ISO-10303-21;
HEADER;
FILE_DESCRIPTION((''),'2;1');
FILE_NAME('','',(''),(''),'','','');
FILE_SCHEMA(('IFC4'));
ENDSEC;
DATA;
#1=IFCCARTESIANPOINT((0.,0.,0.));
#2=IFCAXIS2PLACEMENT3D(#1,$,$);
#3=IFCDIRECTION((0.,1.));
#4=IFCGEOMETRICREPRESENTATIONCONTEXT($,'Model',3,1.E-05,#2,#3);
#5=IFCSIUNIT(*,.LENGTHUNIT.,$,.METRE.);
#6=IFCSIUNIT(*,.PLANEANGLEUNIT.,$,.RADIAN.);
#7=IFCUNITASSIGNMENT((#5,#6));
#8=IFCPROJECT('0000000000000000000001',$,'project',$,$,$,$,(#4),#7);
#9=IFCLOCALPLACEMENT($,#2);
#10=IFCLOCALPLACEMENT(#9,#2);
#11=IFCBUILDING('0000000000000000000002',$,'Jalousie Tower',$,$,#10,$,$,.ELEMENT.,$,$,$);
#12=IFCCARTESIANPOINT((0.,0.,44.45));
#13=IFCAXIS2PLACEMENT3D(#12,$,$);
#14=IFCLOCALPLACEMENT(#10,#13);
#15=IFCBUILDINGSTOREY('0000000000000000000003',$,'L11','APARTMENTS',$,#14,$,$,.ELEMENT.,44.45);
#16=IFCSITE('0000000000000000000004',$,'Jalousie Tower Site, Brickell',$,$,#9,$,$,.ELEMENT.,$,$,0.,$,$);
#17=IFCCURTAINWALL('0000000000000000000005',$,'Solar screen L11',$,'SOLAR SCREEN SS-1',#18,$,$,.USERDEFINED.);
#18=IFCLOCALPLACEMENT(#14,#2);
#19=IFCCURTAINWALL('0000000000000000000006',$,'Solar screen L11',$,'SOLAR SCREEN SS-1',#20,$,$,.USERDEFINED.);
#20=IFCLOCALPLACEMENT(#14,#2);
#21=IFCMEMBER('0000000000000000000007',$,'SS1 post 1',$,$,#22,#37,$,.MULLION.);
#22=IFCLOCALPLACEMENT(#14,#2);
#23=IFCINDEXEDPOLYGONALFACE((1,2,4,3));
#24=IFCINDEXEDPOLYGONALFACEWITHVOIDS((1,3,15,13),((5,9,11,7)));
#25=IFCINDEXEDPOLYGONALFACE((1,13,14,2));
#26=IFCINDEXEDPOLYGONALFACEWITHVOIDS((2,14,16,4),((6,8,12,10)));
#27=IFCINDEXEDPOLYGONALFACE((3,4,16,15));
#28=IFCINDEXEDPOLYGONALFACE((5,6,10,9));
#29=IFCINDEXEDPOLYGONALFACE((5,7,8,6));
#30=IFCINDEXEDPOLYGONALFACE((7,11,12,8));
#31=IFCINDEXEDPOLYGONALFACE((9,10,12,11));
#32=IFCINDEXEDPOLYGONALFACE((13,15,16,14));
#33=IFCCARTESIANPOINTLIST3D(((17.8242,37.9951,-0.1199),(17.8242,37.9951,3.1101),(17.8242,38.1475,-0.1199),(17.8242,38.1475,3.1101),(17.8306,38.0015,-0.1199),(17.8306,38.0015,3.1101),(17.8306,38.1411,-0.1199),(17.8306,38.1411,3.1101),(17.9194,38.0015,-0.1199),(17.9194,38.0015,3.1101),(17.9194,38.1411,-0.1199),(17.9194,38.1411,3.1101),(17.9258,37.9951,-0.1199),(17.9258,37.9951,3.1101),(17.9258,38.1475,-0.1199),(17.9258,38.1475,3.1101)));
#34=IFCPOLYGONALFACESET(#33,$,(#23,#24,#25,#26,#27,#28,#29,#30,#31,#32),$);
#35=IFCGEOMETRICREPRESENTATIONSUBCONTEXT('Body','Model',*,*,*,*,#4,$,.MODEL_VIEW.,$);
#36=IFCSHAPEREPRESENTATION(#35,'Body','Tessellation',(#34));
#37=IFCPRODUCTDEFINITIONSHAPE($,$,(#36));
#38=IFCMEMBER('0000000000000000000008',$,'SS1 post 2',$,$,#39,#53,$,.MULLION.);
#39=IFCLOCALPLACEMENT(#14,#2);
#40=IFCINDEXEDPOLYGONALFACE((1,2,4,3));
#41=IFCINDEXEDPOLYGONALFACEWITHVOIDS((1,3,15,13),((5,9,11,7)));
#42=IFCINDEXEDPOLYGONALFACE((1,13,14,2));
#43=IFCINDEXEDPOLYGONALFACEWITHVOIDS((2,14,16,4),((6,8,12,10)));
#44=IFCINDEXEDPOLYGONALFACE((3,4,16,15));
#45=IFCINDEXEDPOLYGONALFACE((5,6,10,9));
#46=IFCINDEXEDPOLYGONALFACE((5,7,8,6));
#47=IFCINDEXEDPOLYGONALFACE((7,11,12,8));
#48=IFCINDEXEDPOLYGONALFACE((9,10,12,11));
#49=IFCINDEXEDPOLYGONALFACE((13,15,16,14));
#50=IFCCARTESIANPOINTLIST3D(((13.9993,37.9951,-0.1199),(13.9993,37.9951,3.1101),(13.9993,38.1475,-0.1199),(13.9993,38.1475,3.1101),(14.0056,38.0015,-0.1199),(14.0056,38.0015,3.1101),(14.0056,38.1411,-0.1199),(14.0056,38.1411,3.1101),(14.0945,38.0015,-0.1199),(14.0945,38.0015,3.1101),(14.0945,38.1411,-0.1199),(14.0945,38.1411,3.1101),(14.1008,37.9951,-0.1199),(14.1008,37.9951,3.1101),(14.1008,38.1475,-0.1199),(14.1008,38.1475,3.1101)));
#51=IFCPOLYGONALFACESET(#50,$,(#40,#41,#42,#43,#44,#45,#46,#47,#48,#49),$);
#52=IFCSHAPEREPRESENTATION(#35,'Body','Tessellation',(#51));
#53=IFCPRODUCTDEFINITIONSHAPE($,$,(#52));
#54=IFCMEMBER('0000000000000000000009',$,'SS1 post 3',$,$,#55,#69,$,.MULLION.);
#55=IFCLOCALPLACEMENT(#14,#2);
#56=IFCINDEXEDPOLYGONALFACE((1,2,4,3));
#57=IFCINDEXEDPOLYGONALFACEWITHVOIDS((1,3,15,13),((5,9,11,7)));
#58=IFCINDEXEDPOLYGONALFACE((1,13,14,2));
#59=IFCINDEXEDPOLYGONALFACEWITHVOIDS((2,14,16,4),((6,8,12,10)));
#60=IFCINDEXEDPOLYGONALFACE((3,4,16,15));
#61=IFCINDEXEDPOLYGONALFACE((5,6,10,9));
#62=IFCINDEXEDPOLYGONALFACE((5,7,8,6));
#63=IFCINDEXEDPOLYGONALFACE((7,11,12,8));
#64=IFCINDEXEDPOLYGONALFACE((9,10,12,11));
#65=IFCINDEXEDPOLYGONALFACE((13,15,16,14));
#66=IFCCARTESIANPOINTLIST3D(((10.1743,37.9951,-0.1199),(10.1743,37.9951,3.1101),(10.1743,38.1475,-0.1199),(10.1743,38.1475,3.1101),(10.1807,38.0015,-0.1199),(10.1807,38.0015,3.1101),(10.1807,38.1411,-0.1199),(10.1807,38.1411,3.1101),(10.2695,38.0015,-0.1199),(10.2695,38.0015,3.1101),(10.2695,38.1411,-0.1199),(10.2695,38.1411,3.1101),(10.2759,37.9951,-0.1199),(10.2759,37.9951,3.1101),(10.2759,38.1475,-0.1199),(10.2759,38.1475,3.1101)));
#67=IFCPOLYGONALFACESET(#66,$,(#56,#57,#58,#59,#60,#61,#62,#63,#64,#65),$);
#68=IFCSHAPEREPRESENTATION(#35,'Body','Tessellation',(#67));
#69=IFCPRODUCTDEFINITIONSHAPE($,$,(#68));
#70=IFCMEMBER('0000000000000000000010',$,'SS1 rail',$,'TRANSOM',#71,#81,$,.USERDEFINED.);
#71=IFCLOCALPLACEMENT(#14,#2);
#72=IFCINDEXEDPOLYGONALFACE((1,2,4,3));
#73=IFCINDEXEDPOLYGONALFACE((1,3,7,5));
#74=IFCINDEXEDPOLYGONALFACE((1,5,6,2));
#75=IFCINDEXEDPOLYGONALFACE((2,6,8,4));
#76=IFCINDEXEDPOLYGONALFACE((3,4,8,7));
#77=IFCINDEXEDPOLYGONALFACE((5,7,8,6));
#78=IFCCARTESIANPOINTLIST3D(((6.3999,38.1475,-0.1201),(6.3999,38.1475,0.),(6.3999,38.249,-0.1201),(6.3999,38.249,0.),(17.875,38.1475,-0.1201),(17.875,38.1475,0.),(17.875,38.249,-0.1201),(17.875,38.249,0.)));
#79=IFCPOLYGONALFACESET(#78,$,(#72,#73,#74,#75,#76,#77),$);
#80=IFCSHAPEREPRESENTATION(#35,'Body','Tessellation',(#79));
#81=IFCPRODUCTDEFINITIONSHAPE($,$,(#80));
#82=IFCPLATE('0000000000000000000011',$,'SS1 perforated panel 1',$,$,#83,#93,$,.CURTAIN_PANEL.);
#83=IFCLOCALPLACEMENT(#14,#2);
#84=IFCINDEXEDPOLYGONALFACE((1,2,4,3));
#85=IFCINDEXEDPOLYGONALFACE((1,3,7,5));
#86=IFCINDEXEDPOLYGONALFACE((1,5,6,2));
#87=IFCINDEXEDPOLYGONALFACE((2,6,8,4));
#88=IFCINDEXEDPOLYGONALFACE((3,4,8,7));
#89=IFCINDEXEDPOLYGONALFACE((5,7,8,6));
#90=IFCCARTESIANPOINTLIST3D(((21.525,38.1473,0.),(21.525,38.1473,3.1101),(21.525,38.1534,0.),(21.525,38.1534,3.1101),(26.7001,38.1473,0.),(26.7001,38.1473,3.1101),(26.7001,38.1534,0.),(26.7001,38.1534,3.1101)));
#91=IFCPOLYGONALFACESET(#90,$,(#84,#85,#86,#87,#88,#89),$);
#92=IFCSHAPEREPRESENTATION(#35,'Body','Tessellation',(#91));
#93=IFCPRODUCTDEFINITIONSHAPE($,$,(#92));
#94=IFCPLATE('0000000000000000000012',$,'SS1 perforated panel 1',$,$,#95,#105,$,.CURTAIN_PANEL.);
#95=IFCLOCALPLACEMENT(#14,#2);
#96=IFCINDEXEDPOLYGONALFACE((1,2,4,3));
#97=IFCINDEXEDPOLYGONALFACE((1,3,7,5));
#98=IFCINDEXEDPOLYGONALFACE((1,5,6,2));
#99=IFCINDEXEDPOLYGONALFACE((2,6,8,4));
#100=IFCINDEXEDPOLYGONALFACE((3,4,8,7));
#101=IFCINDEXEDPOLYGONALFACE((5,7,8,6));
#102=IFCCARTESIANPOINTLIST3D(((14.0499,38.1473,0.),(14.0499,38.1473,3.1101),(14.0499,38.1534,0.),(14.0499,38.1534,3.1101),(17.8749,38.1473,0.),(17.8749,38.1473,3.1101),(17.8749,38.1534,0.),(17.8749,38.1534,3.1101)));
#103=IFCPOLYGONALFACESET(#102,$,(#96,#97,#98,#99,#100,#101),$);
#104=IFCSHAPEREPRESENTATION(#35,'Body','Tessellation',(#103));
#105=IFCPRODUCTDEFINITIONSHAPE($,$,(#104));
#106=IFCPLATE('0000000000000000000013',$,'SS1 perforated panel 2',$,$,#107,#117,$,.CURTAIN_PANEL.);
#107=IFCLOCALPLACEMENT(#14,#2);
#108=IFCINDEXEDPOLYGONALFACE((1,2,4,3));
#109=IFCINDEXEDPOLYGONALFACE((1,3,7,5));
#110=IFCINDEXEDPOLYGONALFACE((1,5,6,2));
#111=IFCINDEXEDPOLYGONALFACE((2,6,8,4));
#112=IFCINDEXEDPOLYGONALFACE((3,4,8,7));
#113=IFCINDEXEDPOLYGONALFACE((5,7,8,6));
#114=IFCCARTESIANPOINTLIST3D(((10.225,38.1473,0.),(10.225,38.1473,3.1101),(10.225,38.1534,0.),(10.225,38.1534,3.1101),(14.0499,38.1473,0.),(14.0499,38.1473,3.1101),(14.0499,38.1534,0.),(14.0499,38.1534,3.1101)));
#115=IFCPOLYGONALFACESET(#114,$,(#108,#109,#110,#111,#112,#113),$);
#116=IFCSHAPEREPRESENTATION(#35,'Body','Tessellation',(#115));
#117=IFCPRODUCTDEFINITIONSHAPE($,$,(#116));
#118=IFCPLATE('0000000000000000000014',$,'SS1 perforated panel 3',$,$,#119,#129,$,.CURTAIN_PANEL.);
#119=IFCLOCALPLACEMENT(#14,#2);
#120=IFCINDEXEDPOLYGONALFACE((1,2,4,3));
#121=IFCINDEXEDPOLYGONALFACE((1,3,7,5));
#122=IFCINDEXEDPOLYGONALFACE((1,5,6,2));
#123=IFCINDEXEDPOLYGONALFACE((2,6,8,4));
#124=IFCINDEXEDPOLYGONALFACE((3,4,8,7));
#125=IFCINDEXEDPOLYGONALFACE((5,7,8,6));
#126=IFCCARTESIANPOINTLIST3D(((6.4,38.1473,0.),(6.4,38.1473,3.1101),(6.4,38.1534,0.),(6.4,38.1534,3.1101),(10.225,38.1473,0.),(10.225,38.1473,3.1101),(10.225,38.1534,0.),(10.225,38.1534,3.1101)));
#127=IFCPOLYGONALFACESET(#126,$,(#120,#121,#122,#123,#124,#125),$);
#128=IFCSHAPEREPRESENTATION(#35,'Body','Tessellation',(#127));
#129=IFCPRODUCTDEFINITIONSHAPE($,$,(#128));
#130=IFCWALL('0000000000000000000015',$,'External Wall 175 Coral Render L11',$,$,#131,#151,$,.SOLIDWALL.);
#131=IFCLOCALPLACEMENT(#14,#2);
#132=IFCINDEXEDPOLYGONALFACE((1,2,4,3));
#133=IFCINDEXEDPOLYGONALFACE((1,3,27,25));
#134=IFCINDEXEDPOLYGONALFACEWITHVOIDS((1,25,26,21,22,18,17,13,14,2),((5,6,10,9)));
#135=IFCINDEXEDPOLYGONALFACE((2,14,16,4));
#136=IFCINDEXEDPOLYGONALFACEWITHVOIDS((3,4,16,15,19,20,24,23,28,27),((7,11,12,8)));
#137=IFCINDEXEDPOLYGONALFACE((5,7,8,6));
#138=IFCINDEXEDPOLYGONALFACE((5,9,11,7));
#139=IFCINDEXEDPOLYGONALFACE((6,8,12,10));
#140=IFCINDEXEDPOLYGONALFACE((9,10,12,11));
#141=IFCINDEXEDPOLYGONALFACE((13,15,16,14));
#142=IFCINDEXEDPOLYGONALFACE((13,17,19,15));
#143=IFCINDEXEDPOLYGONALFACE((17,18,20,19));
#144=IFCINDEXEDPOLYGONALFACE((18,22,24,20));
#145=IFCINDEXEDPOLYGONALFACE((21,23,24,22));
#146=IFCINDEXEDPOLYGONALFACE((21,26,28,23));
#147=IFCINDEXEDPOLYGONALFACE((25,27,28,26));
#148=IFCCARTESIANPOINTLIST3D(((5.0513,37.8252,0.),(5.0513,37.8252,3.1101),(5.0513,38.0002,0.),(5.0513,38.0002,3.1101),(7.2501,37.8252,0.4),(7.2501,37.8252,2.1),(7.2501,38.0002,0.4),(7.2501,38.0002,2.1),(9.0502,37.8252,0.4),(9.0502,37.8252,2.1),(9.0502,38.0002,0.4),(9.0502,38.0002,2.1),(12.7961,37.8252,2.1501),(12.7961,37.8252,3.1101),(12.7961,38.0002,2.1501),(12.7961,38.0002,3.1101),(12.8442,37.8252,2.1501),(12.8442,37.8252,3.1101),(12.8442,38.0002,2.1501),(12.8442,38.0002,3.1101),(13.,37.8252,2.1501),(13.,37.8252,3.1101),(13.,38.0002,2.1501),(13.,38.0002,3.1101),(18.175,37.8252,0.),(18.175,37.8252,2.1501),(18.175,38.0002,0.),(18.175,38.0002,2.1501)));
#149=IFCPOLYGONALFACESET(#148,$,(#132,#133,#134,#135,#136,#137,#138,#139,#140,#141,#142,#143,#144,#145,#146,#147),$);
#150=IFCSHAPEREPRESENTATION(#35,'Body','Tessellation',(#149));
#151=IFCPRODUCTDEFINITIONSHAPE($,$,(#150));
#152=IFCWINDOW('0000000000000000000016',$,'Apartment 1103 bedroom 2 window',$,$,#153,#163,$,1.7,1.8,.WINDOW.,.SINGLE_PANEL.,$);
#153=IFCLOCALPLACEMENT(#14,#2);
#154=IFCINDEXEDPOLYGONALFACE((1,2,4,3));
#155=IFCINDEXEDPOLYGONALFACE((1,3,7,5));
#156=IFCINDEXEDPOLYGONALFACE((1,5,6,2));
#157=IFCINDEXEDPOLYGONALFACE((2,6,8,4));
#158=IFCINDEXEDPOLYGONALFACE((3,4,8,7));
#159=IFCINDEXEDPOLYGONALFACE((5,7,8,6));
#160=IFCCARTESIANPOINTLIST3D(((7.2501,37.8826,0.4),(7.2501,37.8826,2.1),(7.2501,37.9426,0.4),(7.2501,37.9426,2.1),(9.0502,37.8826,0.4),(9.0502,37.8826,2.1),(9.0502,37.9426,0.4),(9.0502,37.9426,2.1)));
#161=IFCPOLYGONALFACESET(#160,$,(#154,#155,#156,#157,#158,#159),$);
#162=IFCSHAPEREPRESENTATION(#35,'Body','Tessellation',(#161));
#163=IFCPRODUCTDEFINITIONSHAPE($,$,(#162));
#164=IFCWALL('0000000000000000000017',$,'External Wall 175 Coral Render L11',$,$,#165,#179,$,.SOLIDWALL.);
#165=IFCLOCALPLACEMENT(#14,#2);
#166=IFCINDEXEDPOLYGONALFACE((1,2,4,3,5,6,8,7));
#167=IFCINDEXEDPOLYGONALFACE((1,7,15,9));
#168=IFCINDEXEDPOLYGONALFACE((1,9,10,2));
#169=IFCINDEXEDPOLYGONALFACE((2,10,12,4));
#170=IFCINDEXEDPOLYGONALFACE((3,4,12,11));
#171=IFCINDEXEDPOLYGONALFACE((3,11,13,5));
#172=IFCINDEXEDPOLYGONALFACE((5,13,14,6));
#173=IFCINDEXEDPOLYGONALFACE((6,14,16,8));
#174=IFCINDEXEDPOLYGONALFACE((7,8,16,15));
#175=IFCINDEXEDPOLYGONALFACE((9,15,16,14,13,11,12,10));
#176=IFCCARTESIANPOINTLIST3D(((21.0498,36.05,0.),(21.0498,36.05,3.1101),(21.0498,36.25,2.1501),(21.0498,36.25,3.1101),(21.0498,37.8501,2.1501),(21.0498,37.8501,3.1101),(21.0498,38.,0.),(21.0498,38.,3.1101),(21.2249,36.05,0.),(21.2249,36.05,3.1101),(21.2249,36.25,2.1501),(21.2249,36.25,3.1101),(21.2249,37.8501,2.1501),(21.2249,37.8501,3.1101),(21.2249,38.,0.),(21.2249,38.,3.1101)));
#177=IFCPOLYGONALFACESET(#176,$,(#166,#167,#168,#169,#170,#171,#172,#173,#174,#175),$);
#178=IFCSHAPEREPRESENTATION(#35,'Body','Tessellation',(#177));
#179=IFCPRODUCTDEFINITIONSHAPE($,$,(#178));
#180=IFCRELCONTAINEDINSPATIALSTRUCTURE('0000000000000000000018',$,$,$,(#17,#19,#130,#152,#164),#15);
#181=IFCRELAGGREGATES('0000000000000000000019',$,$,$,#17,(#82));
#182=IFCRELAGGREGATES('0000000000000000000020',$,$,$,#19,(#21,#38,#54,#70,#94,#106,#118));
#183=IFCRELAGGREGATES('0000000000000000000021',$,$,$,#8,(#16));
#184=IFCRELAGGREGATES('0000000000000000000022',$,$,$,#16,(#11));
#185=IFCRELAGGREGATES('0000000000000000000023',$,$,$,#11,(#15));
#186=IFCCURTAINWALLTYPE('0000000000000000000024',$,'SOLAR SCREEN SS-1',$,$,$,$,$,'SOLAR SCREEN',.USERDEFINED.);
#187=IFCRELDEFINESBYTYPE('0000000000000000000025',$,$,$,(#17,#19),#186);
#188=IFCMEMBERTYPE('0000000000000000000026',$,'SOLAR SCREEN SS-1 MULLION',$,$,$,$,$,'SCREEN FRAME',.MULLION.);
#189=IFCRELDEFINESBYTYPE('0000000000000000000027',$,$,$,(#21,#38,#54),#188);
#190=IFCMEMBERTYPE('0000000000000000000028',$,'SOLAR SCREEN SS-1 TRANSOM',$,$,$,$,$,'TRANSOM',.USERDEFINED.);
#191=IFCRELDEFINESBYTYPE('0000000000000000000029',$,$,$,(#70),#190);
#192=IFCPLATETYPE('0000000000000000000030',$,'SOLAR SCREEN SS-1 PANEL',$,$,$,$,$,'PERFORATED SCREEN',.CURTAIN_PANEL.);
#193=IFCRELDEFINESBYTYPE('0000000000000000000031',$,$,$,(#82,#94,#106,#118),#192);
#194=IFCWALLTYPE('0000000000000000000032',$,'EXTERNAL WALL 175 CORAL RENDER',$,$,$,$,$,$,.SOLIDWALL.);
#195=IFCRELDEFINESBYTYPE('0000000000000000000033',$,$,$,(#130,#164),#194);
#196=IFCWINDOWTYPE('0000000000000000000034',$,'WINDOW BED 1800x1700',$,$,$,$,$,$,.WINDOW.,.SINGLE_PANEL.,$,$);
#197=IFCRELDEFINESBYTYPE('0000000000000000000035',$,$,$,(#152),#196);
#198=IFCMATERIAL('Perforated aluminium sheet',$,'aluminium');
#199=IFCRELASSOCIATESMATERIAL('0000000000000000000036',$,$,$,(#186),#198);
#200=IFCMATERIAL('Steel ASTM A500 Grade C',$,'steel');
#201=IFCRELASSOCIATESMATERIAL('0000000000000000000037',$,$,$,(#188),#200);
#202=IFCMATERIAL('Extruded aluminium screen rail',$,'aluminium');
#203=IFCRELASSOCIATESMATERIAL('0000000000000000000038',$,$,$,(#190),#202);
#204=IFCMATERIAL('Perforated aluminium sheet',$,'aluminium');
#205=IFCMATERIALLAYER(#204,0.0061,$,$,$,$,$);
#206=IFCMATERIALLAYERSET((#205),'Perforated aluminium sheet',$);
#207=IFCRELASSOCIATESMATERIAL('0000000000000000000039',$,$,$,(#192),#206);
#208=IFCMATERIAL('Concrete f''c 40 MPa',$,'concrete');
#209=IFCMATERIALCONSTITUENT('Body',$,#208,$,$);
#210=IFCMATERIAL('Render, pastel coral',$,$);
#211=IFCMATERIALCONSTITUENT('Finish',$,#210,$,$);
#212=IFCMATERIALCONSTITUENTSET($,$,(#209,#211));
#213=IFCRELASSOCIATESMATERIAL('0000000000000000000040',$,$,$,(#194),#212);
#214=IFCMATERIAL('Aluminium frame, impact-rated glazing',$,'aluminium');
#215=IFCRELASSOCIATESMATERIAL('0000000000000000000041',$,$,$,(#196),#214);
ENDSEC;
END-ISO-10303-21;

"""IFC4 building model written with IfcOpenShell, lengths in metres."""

from ifc_helpers import new_model, si_unit, direction, frame, frame_2d, origin, origin_2d, place, context, subcontext, project, spatial, polyline, rectangle, hollow_rectangle, outline, extrude, material, layer, layer_set, constituent, constituent_set, material_profile, profile_set, type_object, element, fill, aggregate, save


model = new_model("IFC4")

# Units and contexts
model_context = context("Model", 3, precision=1e-05, world=origin(), true_north=direction((0.0, 1.0)))
body_context = subcontext(model_context, "Body", "Model", "MODEL_VIEW")
ifc_project = project(units=[si_unit("LENGTHUNIT", "METRE"), si_unit("PLANEANGLEUNIT", "RADIAN")], contexts=[model_context])

# Site, building, storey
site_placement = place(None, origin())
site = spatial("IfcSite", under=ifc_project, at=site_placement, Name="Jalousie Tower Site, Brickell", CompositionType="ELEMENT", RefElevation=0.0)
building_placement = place(site_placement, origin())
building = spatial("IfcBuilding", under=site, at=building_placement, Name="Jalousie Tower", CompositionType="ELEMENT")
storey_placement = place(building_placement, frame((0.0, 0.0, 44.45)))
storey = spatial("IfcBuildingStorey", under=building, at=storey_placement, Name="L11", Description="APARTMENTS", CompositionType="ELEMENT", Elevation=44.45)

# Curtain wall
ifc_material_1 = material(Name="Perforated aluminium sheet", Category="aluminium")
curtain_wall_type = type_object("IfcCurtainWallType", Name="SOLAR SCREEN SS-1", ElementType="SOLAR SCREEN", PredefinedType="USERDEFINED", material=ifc_material_1)
curtain_wall_1_placement = place(storey_placement, origin())
curtain_wall_1 = element("IfcCurtainWall", 1, at=curtain_wall_1_placement, inside=storey, type_object=curtain_wall_type, Name="Solar screen L11", ObjectType="SOLAR SCREEN SS-1", PredefinedType="USERDEFINED")
ifc_material_2 = material(Name="Steel ASTM A500 Grade C", Category="steel")
ifc_material_profile_1 = material_profile(ifc_material_2, hollow_rectangle(XDim=0.1016, YDim=0.1523, WallThickness=0.0063, at=origin_2d()), Name="HSS6X4X1/4")
ifc_profile_set_1 = profile_set([ifc_material_profile_1], Name="Steel ASTM A500 Grade C")
member_type_1 = type_object("IfcMemberType", Name="SOLAR SCREEN SS-1 MULLION", ElementType="SCREEN FRAME", PredefinedType="MULLION", material=ifc_profile_set_1)

# Curtain wall, members
curtain_wall_2_placement = place(storey_placement, origin())
curtain_wall_2 = element("IfcCurtainWall", 2, at=curtain_wall_2_placement, inside=storey, type_object=curtain_wall_type, Name="Solar screen L11", ObjectType="SOLAR SCREEN SS-1", PredefinedType="USERDEFINED")
member_1_placement = place(storey_placement, frame((17.875, 38.0713, -0.1199), z_axis=(0.0, 0.0, 1.0), x_axis=(-1.0, 0.0, 0.0)))
member_1 = element("IfcMember", 3, at=member_1_placement, type_object=member_type_1, Name="SS1 post 1", PredefinedType="MULLION", context=body_context, shape_type="SweptSolid", body=[
    extrude(hollow_rectangle(XDim=0.1016, YDim=0.1523, WallThickness=0.0063, at=origin_2d()), origin(), (0.0, 0.0, 1.0), 3.23),
])
member_2_placement = place(storey_placement, frame((14.05, 38.0713, -0.1199), z_axis=(0.0, 0.0, 1.0), x_axis=(-1.0, 0.0, 0.0)))
member_2 = element("IfcMember", 4, at=member_2_placement, type_object=member_type_1, Name="SS1 post 2", PredefinedType="MULLION", context=body_context, shape_type="SweptSolid", body=[
    extrude(hollow_rectangle(XDim=0.1016, YDim=0.1523, WallThickness=0.0063, at=origin_2d()), origin(), (0.0, 0.0, 1.0), 3.23),
])
member_3_placement = place(storey_placement, frame((10.2251, 38.0713, -0.1199), z_axis=(0.0, 0.0, 1.0), x_axis=(-1.0, 0.0, 0.0)))
member_3 = element("IfcMember", 5, at=member_3_placement, type_object=member_type_1, Name="SS1 post 3", PredefinedType="MULLION", context=body_context, shape_type="SweptSolid", body=[
    extrude(hollow_rectangle(XDim=0.1016, YDim=0.1523, WallThickness=0.0063, at=origin_2d()), origin(), (0.0, 0.0, 1.0), 3.23),
])
ifc_material_3 = material(Name="Extruded aluminium screen rail", Category="aluminium")
ifc_material_profile_2 = material_profile(ifc_material_3, rectangle(XDim=0.1016, YDim=0.1201, at=origin_2d()), Name="RAIL 102x120")
ifc_profile_set_2 = profile_set([ifc_material_profile_2], Name="Extruded aluminium screen rail")
member_type_2 = type_object("IfcMemberType", Name="SOLAR SCREEN SS-1 TRANSOM", ElementType="TRANSOM", PredefinedType="USERDEFINED", material=ifc_profile_set_2)
member_4_placement = place(storey_placement, frame((17.875, 38.1982, -0.0601), z_axis=(-1.0, 0.0, 0.0), x_axis=(0.0, -1.0, 0.0)))
member_4 = element("IfcMember", 6, at=member_4_placement, type_object=member_type_2, Name="SS1 rail", ObjectType="TRANSOM", PredefinedType="USERDEFINED", context=body_context, shape_type="SweptSolid", body=[
    extrude(rectangle(XDim=0.1016, YDim=0.1201, at=origin_2d()), origin(), (0.0, 0.0, 1.0), 11.4751),
])

# Plates
ifc_material_4 = material(Name="Perforated aluminium sheet", Category="aluminium")
ifc_layer_1 = layer(ifc_material_4, 0.0061)
ifc_layer_set_1 = layer_set([ifc_layer_1], Name="Perforated aluminium sheet")
plate_type = type_object("IfcPlateType", Name="SOLAR SCREEN SS-1 PANEL", ElementType="PERFORATED SCREEN", PredefinedType="CURTAIN_PANEL", material=ifc_layer_set_1)
plate_1_placement = place(storey_placement, frame((24.1125, 38.1504, 0.0), z_axis=(0.0, 0.0, 1.0), x_axis=(-1.0, 0.0, 0.0)))
plate_1 = element("IfcPlate", 7, at=plate_1_placement, type_object=plate_type, Name="SS1 perforated panel 1", PredefinedType="CURTAIN_PANEL", context=body_context, shape_type="SweptSolid", body=[
    extrude(rectangle(XDim=5.175, YDim=0.0061, at=origin_2d()), origin(), (0.0, 0.0, 1.0), 3.1101),
])
aggregate(curtain_wall_1, [plate_1])
plate_2_placement = place(storey_placement, frame((15.9624, 38.1504, 0.0), z_axis=(0.0, 0.0, 1.0), x_axis=(-1.0, 0.0, 0.0)))
plate_2 = element("IfcPlate", 8, at=plate_2_placement, type_object=plate_type, Name="SS1 perforated panel 1", PredefinedType="CURTAIN_PANEL", context=body_context, shape_type="SweptSolid", body=[
    extrude(rectangle(XDim=3.825, YDim=0.0061, at=origin_2d()), origin(), (0.0, 0.0, 1.0), 3.1101),
])
plate_3_placement = place(storey_placement, frame((12.1375, 38.1504, 0.0), z_axis=(0.0, 0.0, 1.0), x_axis=(-1.0, 0.0, 0.0)))
plate_3 = element("IfcPlate", 9, at=plate_3_placement, type_object=plate_type, Name="SS1 perforated panel 2", PredefinedType="CURTAIN_PANEL", context=body_context, shape_type="SweptSolid", body=[
    extrude(rectangle(XDim=3.825, YDim=0.0061, at=origin_2d()), origin(), (0.0, 0.0, 1.0), 3.1101),
])
plate_4_placement = place(storey_placement, frame((8.3125, 38.1504, 0.0), z_axis=(0.0, 0.0, 1.0), x_axis=(-1.0, 0.0, 0.0)))
plate_4 = element("IfcPlate", 10, at=plate_4_placement, type_object=plate_type, Name="SS1 perforated panel 3", PredefinedType="CURTAIN_PANEL", context=body_context, shape_type="SweptSolid", body=[
    extrude(rectangle(XDim=3.825, YDim=0.0061, at=origin_2d()), origin(), (0.0, 0.0, 1.0), 3.1101),
])
aggregate(curtain_wall_2, [member_1, member_2, member_3, member_4, plate_2, plate_3, plate_4])

# Wall, opening, window
ifc_material_5 = material(Name="Concrete f'c 40 MPa", Category="concrete")
ifc_constituent_1 = constituent(ifc_material_5, Name="Body")
ifc_material_6 = material(Name="Render, pastel coral")
ifc_constituent_2 = constituent(ifc_material_6, Name="Finish")
ifc_constituent_set_1 = constituent_set(constituents=[ifc_constituent_1, ifc_constituent_2])
wall_type_1 = type_object("IfcWallType", Name="EXTERNAL WALL 175 CORAL RENDER", PredefinedType="SOLIDWALL", material=ifc_constituent_set_1)
wall_1_placement = place(storey_placement, frame((18.175, 37.9126, 0.0), z_axis=(0.0, 0.0, 1.0), x_axis=(-1.0, 0.0, 0.0)))
wall_1 = element("IfcWall", 11, at=wall_1_placement, inside=storey, type_object=wall_type_1, Name="External Wall 175 Coral Render L11", PredefinedType="SOLIDWALL", context=body_context, shape_type="SweptSolid", body=[
    extrude(outline(polyline([(0.0, 0.0), (13.1238, 0.0), (13.1238, 3.1101), (5.3789, 3.1101), (5.3789, 2.1501), (5.3308, 2.1501), (5.3308, 3.1101), (5.175, 3.1101), (5.175, 2.1501), (0.0, 2.1501), (0.0, 0.0)])), frame((0.0, 0.0874, 0.0), z_axis=(0.0, -1.0, 0.0), x_axis=(1.0, 0.0, 0.0)), (0.0, 0.0, 1.0), 0.175),
])
opening_1_placement = place(wall_1_placement, frame((9.125, 0.0, 0.3999)))
opening_1 = element("IfcOpeningElement", 12, at=opening_1_placement, cuts=wall_1, PredefinedType="OPENING", context=body_context, shape_type="SweptSolid", body=[
    extrude(rectangle(XDim=1.8, YDim=1.7, at=frame_2d((0.8999, 0.8501))), frame((0.0, 0.0974, 0.0), z_axis=(0.0, -1.0, 0.0), x_axis=(1.0, 0.0, 0.0)), (0.0, 0.0, 1.0), 0.1951),
])
ifc_material_7 = material(Name="Aluminium frame, impact-rated glazing", Category="aluminium")
window_type = type_object("IfcWindowType", Name="WINDOW BED 1800x1700", PartitioningType="SINGLE_PANEL", PredefinedType="WINDOW", material=ifc_material_7)
window_placement = place(opening_1_placement, origin())
window = element("IfcWindow", 13, at=window_placement, inside=storey, type_object=window_type, Name="Apartment 1103 bedroom 2 window", OverallHeight=1.7, OverallWidth=1.8, PartitioningType="SINGLE_PANEL", PredefinedType="WINDOW", context=body_context, shape_type="SweptSolid", body=[
    extrude(rectangle(XDim=1.8, YDim=1.7, at=frame_2d((0.8999, 0.8501))), frame((0.0, 0.03, 0.0), z_axis=(0.0, -1.0, 0.0), x_axis=(1.0, 0.0, 0.0)), (0.0, 0.0, 1.0), 0.0601),
])
fill(opening_1, window)

# Wall
for number, where, z_axis, x_axis, name in (
    (14, (21.1375, 38.0, 0.0), (0.0, 0.0, 1.0), (0.0, -1.0, 0.0), "External Wall 175 Coral Render L11"),
):
    element("IfcWall", number, at=place(storey_placement, frame(where, z_axis=z_axis, x_axis=x_axis)), inside=storey, type_object=wall_type_1, Name=name, PredefinedType="SOLIDWALL", context=body_context, shape_type="SweptSolid", body=[
        extrude(outline(polyline([(0.0, 0.0), (1.95, 0.0), (1.95, 3.1101), (1.75, 3.1101), (1.75, 2.1501), (0.1499, 2.1501), (0.1499, 3.1101), (0.0, 3.1101), (0.0, 0.0)])), frame((0.0, 0.0874, 0.0), z_axis=(0.0, -1.0, 0.0), x_axis=(1.0, 0.0, 0.0)), (0.0, 0.0, 1.0), 0.175),
    ])

save(model, "model.ifc")
